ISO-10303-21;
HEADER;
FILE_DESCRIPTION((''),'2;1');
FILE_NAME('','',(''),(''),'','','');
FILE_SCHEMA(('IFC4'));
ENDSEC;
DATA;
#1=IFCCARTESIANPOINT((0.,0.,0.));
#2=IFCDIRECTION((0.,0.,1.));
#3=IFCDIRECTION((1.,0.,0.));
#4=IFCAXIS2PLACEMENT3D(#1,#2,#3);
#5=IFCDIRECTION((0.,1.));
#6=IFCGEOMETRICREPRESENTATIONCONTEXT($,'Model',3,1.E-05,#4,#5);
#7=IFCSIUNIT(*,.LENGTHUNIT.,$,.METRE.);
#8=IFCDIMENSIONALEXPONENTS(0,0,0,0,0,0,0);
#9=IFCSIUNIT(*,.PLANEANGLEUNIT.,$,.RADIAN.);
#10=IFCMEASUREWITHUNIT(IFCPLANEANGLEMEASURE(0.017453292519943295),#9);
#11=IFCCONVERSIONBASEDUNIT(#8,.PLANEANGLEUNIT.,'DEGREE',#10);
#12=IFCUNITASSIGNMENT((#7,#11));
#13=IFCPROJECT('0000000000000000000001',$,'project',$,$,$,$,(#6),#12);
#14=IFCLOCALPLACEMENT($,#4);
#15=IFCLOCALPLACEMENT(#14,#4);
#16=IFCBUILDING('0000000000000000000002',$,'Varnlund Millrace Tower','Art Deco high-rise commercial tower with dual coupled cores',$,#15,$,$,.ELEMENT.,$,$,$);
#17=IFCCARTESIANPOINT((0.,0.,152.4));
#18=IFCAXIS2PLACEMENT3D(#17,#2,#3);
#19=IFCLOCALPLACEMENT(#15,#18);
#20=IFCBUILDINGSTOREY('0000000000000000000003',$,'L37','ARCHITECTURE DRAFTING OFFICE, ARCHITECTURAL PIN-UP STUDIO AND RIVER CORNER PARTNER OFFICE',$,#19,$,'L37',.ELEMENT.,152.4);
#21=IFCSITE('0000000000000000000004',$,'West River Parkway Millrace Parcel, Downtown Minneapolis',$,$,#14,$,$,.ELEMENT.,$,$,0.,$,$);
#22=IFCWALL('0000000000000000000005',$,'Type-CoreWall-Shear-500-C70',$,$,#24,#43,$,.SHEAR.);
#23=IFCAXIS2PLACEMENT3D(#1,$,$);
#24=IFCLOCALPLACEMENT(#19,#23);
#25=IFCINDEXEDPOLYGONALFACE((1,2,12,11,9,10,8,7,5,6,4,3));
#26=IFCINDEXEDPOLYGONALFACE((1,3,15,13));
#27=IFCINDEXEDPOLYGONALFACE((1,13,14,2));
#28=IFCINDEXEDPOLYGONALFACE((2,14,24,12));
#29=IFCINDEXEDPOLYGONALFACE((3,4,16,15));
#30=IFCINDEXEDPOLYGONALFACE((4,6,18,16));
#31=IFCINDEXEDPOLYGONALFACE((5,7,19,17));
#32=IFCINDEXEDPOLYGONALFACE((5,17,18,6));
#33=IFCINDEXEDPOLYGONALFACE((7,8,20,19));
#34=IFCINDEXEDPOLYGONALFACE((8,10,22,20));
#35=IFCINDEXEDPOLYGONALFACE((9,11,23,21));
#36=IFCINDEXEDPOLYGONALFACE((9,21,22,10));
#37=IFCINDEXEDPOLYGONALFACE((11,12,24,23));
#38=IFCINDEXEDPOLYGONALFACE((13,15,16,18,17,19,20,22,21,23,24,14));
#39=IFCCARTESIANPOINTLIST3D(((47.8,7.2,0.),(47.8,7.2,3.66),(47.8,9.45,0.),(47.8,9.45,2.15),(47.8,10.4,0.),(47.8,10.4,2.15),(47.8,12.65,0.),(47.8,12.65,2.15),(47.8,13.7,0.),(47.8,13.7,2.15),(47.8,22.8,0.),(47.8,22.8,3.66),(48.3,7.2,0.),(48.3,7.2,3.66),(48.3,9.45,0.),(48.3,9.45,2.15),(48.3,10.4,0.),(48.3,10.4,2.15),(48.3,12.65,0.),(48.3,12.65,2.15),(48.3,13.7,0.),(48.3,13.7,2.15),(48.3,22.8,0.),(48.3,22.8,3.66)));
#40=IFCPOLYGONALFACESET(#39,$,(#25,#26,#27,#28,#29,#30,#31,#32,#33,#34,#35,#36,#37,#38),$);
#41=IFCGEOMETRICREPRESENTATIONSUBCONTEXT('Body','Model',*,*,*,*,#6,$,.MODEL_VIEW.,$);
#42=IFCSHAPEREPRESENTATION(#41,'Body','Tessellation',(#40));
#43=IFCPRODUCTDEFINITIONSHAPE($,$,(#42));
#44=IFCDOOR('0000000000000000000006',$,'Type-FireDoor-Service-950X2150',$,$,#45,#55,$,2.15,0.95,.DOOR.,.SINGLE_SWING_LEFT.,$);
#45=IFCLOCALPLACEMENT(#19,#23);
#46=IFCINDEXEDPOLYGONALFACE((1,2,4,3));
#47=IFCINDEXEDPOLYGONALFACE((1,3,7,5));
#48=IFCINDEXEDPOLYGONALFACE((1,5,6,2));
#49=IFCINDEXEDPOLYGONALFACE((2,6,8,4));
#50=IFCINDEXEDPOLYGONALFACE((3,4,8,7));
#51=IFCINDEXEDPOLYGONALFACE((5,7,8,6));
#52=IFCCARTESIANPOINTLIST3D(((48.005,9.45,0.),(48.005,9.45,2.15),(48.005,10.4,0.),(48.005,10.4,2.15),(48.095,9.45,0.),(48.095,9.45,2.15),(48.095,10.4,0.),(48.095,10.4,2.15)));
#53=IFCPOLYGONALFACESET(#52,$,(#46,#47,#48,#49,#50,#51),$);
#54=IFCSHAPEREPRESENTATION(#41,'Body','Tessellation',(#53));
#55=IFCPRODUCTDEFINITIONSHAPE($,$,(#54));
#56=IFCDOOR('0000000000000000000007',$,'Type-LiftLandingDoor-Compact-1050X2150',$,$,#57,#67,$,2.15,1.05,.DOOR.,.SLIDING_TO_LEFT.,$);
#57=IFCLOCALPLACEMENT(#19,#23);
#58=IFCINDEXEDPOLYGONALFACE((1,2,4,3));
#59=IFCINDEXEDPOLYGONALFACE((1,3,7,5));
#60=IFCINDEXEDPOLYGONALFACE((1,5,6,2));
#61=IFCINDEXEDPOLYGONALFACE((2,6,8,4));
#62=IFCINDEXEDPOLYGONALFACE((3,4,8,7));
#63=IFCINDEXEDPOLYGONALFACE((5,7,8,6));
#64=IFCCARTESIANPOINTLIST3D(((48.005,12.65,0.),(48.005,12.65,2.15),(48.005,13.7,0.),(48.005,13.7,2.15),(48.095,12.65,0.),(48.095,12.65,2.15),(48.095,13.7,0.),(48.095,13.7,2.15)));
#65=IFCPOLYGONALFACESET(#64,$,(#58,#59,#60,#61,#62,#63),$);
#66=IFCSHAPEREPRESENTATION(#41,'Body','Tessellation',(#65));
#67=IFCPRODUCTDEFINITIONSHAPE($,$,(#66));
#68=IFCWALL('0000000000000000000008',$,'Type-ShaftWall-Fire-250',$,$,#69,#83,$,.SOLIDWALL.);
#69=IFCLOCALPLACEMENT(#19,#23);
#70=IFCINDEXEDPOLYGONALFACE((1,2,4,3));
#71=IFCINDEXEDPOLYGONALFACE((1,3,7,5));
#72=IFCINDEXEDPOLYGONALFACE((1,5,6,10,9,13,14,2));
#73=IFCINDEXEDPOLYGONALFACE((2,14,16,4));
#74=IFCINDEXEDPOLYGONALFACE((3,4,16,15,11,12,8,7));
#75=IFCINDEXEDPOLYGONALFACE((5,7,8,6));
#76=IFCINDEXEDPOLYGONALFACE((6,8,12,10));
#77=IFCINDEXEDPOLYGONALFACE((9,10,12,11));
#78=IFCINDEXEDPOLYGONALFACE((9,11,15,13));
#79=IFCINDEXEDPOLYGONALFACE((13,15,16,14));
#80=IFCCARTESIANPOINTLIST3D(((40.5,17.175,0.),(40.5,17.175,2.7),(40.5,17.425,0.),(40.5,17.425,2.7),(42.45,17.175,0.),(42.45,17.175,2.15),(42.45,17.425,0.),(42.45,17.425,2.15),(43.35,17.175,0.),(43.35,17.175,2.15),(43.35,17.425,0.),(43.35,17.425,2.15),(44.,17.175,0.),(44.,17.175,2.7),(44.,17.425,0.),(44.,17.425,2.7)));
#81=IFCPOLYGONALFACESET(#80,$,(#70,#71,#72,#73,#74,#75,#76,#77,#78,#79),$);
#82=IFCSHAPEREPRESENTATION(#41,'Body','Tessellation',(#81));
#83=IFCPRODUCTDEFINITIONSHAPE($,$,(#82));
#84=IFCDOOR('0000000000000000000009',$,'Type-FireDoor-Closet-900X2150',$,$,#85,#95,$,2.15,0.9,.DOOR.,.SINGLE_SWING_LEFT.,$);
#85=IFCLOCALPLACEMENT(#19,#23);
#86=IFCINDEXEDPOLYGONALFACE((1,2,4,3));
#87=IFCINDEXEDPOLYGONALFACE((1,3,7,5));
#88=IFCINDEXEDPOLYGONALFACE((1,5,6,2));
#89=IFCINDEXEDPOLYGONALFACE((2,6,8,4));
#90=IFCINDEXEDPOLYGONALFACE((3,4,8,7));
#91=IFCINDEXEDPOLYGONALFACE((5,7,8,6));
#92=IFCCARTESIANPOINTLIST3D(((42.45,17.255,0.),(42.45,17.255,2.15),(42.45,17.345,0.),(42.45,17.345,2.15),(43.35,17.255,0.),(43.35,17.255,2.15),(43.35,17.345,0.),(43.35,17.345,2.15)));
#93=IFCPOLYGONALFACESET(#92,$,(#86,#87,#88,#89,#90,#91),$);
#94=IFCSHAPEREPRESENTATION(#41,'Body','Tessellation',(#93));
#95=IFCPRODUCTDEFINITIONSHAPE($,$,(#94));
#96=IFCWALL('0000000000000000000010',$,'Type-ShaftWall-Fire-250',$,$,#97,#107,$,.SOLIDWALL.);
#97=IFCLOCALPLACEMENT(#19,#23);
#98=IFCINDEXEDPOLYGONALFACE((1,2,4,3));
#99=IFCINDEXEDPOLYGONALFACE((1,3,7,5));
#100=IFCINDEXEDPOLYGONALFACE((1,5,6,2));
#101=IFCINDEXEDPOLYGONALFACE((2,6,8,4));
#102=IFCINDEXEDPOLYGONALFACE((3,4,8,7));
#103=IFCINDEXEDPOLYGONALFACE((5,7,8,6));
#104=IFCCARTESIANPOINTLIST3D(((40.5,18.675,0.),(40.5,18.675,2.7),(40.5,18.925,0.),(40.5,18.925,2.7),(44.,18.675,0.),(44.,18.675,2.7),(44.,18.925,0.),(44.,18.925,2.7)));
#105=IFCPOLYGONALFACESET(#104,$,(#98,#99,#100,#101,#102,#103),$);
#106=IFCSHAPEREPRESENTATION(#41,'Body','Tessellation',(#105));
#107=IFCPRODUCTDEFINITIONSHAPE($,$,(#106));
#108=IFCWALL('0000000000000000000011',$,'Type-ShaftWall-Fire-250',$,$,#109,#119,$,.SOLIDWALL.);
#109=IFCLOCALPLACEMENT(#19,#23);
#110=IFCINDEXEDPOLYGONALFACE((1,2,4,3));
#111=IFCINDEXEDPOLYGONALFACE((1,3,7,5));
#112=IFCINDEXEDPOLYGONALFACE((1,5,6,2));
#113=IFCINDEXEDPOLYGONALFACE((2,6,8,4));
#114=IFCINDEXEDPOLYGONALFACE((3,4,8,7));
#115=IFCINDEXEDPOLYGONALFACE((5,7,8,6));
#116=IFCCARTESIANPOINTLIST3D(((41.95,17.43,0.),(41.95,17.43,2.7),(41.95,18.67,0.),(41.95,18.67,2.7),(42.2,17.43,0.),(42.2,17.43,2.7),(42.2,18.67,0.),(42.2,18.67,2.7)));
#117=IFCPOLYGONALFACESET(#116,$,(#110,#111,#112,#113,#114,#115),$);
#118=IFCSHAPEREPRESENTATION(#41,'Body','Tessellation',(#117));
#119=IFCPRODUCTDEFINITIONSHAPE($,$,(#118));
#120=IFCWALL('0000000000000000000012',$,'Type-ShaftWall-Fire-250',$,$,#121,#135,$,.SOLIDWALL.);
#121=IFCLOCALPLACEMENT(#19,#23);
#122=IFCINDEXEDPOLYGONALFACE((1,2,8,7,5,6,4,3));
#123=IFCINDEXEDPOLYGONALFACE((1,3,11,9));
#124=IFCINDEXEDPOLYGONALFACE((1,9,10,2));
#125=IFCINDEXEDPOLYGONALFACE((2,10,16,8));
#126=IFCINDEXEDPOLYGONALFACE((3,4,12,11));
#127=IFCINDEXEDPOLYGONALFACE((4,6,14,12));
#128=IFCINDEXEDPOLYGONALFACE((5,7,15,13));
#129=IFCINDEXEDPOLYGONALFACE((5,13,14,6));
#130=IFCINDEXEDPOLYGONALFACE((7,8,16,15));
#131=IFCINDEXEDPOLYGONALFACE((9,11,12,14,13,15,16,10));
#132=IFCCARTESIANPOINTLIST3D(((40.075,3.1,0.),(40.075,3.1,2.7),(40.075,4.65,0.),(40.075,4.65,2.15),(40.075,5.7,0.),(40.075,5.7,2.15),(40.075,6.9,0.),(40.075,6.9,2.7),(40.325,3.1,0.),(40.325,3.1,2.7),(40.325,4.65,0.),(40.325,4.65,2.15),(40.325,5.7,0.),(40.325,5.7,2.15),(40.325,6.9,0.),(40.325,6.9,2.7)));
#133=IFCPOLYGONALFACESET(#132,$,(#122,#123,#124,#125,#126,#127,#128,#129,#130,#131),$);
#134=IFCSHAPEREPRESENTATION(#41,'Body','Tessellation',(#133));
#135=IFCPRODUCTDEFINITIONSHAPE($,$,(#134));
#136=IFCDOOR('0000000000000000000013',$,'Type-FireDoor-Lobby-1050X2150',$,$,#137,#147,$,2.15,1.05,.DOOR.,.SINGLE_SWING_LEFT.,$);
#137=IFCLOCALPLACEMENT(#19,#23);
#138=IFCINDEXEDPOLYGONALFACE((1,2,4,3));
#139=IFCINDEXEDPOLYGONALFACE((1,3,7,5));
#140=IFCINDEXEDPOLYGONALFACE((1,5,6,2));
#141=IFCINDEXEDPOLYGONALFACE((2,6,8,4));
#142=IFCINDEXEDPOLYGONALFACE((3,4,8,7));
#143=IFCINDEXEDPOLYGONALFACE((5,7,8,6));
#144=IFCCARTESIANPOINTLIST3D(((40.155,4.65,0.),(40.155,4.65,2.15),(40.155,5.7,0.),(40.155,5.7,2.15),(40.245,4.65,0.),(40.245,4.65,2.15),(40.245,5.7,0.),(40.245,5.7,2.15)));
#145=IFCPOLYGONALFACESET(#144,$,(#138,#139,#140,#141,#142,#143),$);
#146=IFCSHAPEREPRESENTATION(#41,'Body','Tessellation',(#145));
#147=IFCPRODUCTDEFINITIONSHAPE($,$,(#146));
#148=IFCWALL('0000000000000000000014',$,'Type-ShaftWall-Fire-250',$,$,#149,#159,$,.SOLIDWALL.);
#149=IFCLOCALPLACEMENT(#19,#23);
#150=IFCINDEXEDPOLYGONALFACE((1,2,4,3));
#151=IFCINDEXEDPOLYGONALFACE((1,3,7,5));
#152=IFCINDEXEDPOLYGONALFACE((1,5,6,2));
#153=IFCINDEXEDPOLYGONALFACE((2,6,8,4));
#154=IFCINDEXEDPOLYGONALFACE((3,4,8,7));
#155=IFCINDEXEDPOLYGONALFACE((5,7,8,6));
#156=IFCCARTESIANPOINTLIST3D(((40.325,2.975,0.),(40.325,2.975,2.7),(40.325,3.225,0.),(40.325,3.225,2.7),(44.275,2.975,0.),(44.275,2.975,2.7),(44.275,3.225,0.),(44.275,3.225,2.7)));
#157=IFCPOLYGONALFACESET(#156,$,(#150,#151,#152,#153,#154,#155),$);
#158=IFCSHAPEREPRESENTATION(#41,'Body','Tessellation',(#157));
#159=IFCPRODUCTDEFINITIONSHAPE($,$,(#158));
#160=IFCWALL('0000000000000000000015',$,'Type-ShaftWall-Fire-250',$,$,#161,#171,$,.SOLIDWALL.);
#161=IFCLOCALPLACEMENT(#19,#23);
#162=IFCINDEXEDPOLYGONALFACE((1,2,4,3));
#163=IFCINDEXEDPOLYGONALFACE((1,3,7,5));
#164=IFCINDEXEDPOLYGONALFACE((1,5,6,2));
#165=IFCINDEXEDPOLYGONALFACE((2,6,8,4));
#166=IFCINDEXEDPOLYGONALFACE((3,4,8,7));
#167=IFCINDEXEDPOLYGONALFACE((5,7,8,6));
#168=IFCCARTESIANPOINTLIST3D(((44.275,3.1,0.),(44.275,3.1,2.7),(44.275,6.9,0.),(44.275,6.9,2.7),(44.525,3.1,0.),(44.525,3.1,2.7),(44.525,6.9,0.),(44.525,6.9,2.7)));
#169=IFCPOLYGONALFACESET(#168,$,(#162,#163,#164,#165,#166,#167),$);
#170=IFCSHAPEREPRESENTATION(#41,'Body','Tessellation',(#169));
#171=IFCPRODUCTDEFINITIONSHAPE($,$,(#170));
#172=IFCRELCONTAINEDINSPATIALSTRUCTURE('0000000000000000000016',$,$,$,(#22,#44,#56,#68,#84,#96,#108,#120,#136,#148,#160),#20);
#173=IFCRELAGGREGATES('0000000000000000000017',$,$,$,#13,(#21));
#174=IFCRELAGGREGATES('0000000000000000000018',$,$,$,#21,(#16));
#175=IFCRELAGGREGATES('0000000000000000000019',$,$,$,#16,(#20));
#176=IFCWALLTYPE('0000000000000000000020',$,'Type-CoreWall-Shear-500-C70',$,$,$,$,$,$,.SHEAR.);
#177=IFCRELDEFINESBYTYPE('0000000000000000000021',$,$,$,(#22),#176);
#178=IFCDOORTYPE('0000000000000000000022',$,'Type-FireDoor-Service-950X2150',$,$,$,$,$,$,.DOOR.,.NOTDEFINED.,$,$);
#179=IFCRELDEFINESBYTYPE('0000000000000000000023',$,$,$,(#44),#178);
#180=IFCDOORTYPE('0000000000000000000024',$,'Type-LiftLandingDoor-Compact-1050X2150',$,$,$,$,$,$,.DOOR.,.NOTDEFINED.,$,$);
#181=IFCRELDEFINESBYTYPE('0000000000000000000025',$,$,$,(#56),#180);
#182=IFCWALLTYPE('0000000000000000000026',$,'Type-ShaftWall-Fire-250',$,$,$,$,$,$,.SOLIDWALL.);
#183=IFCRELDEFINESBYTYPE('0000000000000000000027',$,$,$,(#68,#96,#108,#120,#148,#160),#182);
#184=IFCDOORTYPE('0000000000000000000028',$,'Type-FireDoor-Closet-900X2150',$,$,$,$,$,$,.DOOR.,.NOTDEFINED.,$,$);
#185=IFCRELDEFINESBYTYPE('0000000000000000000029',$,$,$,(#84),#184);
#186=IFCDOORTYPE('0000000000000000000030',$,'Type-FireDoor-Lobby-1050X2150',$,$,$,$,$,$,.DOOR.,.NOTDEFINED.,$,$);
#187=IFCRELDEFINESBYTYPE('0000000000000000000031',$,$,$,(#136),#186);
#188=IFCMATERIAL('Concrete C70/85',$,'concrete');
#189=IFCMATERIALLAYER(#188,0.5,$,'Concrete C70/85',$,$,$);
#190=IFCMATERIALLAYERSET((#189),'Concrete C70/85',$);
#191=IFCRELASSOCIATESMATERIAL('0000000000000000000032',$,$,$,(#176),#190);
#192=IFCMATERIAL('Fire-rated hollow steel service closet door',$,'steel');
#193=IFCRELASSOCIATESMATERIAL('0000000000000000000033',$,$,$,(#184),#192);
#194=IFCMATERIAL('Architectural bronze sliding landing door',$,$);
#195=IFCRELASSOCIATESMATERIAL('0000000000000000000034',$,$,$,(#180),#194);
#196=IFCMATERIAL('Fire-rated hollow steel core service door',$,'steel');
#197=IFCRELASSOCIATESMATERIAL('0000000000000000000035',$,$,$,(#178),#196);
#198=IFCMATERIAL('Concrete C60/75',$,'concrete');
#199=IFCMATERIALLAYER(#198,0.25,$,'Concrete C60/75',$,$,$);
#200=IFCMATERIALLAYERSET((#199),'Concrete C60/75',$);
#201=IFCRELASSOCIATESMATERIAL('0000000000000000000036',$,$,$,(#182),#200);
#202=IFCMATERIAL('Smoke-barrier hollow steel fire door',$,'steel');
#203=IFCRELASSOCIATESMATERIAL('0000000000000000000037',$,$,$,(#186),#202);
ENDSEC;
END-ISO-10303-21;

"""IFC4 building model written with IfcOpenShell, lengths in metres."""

from ifc_helpers import new_model, entity, si_unit, converted_unit, direction, frame, origin_with_axes, origin_2d_with_axis, place, context, subcontext, project, spatial, polyline, rectangle, outline, extrude, material, layer, layer_set, type_object, element, fill, save


model = new_model("IFC4")

# Units and contexts
model_context = context("Model", 3, precision=1e-05, world=origin_with_axes(), true_north=direction((0.0, 1.0)))
body_context = subcontext(model_context, "Body", "Model", "MODEL_VIEW")
ifc_project = project(units=[si_unit("LENGTHUNIT", "METRE"), converted_unit("PLANEANGLEUNIT", "DEGREE", entity("IfcPlaneAngleMeasure", 0.017453292519943295), si_unit("PLANEANGLEUNIT", "RADIAN"), dimensions=[0, 0, 0, 0, 0, 0, 0])], contexts=[model_context])

# Site, building, storey
site_placement = place(None, origin_with_axes())
site = spatial("IfcSite", under=ifc_project, at=site_placement, Name="West River Parkway Millrace Parcel, Downtown Minneapolis", CompositionType="ELEMENT", RefElevation=0.0)
building_placement = place(site_placement, origin_with_axes())
building = spatial("IfcBuilding", under=site, at=building_placement, Name="Varnlund Millrace Tower", Description="Art Deco high-rise commercial tower with dual coupled cores", CompositionType="ELEMENT")
storey_placement = place(building_placement, frame((0.0, 0.0, 152.4), z_axis=(0.0, 0.0, 1.0), x_axis=(1.0, 0.0, 0.0)))
storey = spatial("IfcBuildingStorey", under=building, at=storey_placement, Name="L37", Description="ARCHITECTURE DRAFTING OFFICE, ARCHITECTURAL PIN-UP STUDIO AND RIVER CORNER PARTNER OFFICE", LongName="L37", CompositionType="ELEMENT", Elevation=152.4)

# Shared definitions
ifc_material_1 = material(Name="Concrete C70/85", Category="concrete")

# Shared definitions
ifc_layer_1 = layer(ifc_material_1, 0.5, Name="Concrete C70/85")
ifc_layer_set_1 = layer_set([ifc_layer_1], Name="Concrete C70/85")
wall_type_1 = type_object("IfcWallType", Name="Type-CoreWall-Shear-500-C70", PredefinedType="SHEAR", material=ifc_layer_set_1)
ifc_material_2 = material(Name="Fire-rated hollow steel service closet door", Category="steel")
door_type_1 = type_object("IfcDoorType", Name="Type-FireDoor-Closet-900X2150", OperationType="NOTDEFINED", PredefinedType="DOOR", material=ifc_material_2)
ifc_material_3 = material(Name="Architectural bronze sliding landing door")
door_type_2 = type_object("IfcDoorType", Name="Type-LiftLandingDoor-Compact-1050X2150", OperationType="NOTDEFINED", PredefinedType="DOOR", material=ifc_material_3)

# Wall, openings, doors
wall_1_placement = place(storey_placement, frame((48.05, 7.2, 0.0), z_axis=(0.0, 0.0, 1.0), x_axis=(0.0, 1.0, 0.0)))
wall_1 = element("IfcWall", 1, at=wall_1_placement, inside=storey, type_object=wall_type_1, Name="Type-CoreWall-Shear-500-C70", PredefinedType="SHEAR", context=body_context, shape_type="SweptSolid", body=[
    extrude(outline(polyline([(0.0, -0.25), (15.6, -0.25), (15.6, 0.25), (0.0, 0.25), (0.0, -0.25)])), origin_with_axes(), (0.0, 0.0, 1.0), 3.66),
])
opening_1_placement = place(wall_1_placement, frame((5.975, 0.0, 0.0), z_axis=(0.0, 0.0, 1.0), x_axis=(1.0, 0.0, 0.0)))
opening_1 = element("IfcOpeningElement", 2, at=opening_1_placement, cuts=wall_1, PredefinedType="OPENING", context=body_context, shape_type="SweptSolid", body=[
    extrude(rectangle(XDim=1.05, YDim=0.52, at=origin_2d_with_axis()), origin_with_axes(), (0.0, 0.0, 1.0), 2.15),
])
opening_2_placement = place(wall_1_placement, frame((2.725, 0.0, 0.0), z_axis=(0.0, 0.0, 1.0), x_axis=(1.0, 0.0, 0.0)))
opening_2 = element("IfcOpeningElement", 3, at=opening_2_placement, cuts=wall_1, PredefinedType="OPENING", context=body_context, shape_type="SweptSolid", body=[
    extrude(rectangle(XDim=0.95, YDim=0.52, at=origin_2d_with_axis()), origin_with_axes(), (0.0, 0.0, 1.0), 2.15),
])
ifc_material_4 = material(Name="Fire-rated hollow steel core service door", Category="steel")
door_type_3 = type_object("IfcDoorType", Name="Type-FireDoor-Service-950X2150", OperationType="NOTDEFINED", PredefinedType="DOOR", material=ifc_material_4)
door_1_placement = place(wall_1_placement, frame((2.725, 0.0, 0.0), z_axis=(0.0, 0.0, 1.0), x_axis=(1.0, 0.0, 0.0)))
door_1 = element("IfcDoor", 4, at=door_1_placement, inside=storey, type_object=door_type_3, Name="Type-FireDoor-Service-950X2150", OperationType="SINGLE_SWING_LEFT", OverallHeight=2.15, OverallWidth=0.95, PredefinedType="DOOR", context=body_context, shape_type="SweptSolid", body=[
    extrude(rectangle(XDim=0.95, YDim=0.09, at=origin_2d_with_axis()), origin_with_axes(), (0.0, 0.0, 1.0), 2.15),
])
fill(opening_2, door_1)
door_2_placement = place(wall_1_placement, frame((5.975, 0.0, 0.0), z_axis=(0.0, 0.0, 1.0), x_axis=(1.0, 0.0, 0.0)))
door_2 = element("IfcDoor", 5, at=door_2_placement, inside=storey, type_object=door_type_2, Name="Type-LiftLandingDoor-Compact-1050X2150", OperationType="SLIDING_TO_LEFT", OverallHeight=2.15, OverallWidth=1.05, PredefinedType="DOOR", context=body_context, shape_type="SweptSolid", body=[
    extrude(rectangle(XDim=1.05, YDim=0.09, at=origin_2d_with_axis()), origin_with_axes(), (0.0, 0.0, 1.0), 2.15),
])
fill(opening_1, door_2)

# Wall, opening, door
ifc_material_5 = material(Name="Concrete C60/75", Category="concrete")
ifc_layer_2 = layer(ifc_material_5, 0.25, Name="Concrete C60/75")
ifc_layer_set_2 = layer_set([ifc_layer_2], Name="Concrete C60/75")
wall_type_2 = type_object("IfcWallType", Name="Type-ShaftWall-Fire-250", PredefinedType="SOLIDWALL", material=ifc_layer_set_2)
wall_2_placement = place(storey_placement, frame((40.5, 17.3, 0.0), z_axis=(0.0, 0.0, 1.0), x_axis=(1.0, 0.0, 0.0)))
wall_2 = element("IfcWall", 6, at=wall_2_placement, inside=storey, type_object=wall_type_2, Name="Type-ShaftWall-Fire-250", PredefinedType="SOLIDWALL", context=body_context, shape_type="SweptSolid", body=[
    extrude(outline(polyline([(0.0, -0.125), (3.5, -0.125), (3.5, 0.125), (0.0, 0.125), (0.0, -0.125)])), origin_with_axes(), (0.0, 0.0, 1.0), 2.7),
])
opening_3_placement = place(wall_2_placement, frame((2.4, 0.0, 0.0), z_axis=(0.0, 0.0, 1.0), x_axis=(1.0, 0.0, 0.0)))
opening_3 = element("IfcOpeningElement", 7, at=opening_3_placement, cuts=wall_2, PredefinedType="OPENING", context=body_context, shape_type="SweptSolid", body=[
    extrude(rectangle(XDim=0.9, YDim=0.27, at=origin_2d_with_axis()), origin_with_axes(), (0.0, 0.0, 1.0), 2.15),
])
door_3_placement = place(wall_2_placement, frame((2.4, 0.0, 0.0), z_axis=(0.0, 0.0, 1.0), x_axis=(1.0, 0.0, 0.0)))
door_3 = element("IfcDoor", 8, at=door_3_placement, inside=storey, type_object=door_type_1, Name="Type-FireDoor-Closet-900X2150", OperationType="SINGLE_SWING_LEFT", OverallHeight=2.15, OverallWidth=0.9, PredefinedType="DOOR", context=body_context, shape_type="SweptSolid", body=[
    extrude(rectangle(XDim=0.9, YDim=0.09, at=origin_2d_with_axis()), origin_with_axes(), (0.0, 0.0, 1.0), 2.15),
])
fill(opening_3, door_3)

# Walls
wall_3_placement = place(storey_placement, frame((40.5, 18.8, 0.0), z_axis=(0.0, 0.0, 1.0), x_axis=(1.0, 0.0, 0.0)))
element("IfcWall", 9, at=wall_3_placement, inside=storey, type_object=wall_type_2, Name="Type-ShaftWall-Fire-250", PredefinedType="SOLIDWALL", context=body_context, shape_type="SweptSolid", body=[
    extrude(outline(polyline([(0.0, -0.125), (3.5, -0.125), (3.5, 0.125), (0.0, 0.125), (0.0, -0.125)])), origin_with_axes(), (0.0, 0.0, 1.0), 2.7),
])
wall_4_placement = place(storey_placement, frame((42.075, 17.43, 0.0), z_axis=(0.0, 0.0, 1.0), x_axis=(0.0, 1.0, 0.0)))
element("IfcWall", 10, at=wall_4_placement, inside=storey, type_object=wall_type_2, Name="Type-ShaftWall-Fire-250", PredefinedType="SOLIDWALL", context=body_context, shape_type="SweptSolid", body=[
    extrude(outline(polyline([(0.0, -0.125), (1.24, -0.125), (1.24, 0.125), (0.0, 0.125), (0.0, -0.125)])), origin_with_axes(), (0.0, 0.0, 1.0), 2.7),
])

# Wall, opening, door
wall_5_placement = place(storey_placement, frame((40.2, 3.1, 0.0), z_axis=(0.0, 0.0, 1.0), x_axis=(0.0, 1.0, 0.0)))
wall_5 = element("IfcWall", 11, at=wall_5_placement, inside=storey, type_object=wall_type_2, Name="Type-ShaftWall-Fire-250", PredefinedType="SOLIDWALL", context=body_context, shape_type="SweptSolid", body=[
    extrude(outline(polyline([(0.0, -0.125), (3.8, -0.125), (3.8, 0.125), (0.0, 0.125), (0.0, -0.125)])), origin_with_axes(), (0.0, 0.0, 1.0), 2.7),
])
opening_4_placement = place(wall_5_placement, frame((2.075, 0.0, 0.0), z_axis=(0.0, 0.0, 1.0), x_axis=(1.0, 0.0, 0.0)))
opening_4 = element("IfcOpeningElement", 12, at=opening_4_placement, cuts=wall_5, PredefinedType="OPENING", context=body_context, shape_type="SweptSolid", body=[
    extrude(rectangle(XDim=1.05, YDim=0.27, at=origin_2d_with_axis()), origin_with_axes(), (0.0, 0.0, 1.0), 2.15),
])
ifc_material_6 = material(Name="Smoke-barrier hollow steel fire door", Category="steel")
door_type_4 = type_object("IfcDoorType", Name="Type-FireDoor-Lobby-1050X2150", OperationType="NOTDEFINED", PredefinedType="DOOR", material=ifc_material_6)
door_4_placement = place(wall_5_placement, frame((2.075, 0.0, 0.0), z_axis=(0.0, 0.0, 1.0), x_axis=(1.0, 0.0, 0.0)))
door_4 = element("IfcDoor", 13, at=door_4_placement, inside=storey, type_object=door_type_4, Name="Type-FireDoor-Lobby-1050X2150", OperationType="SINGLE_SWING_LEFT", OverallHeight=2.15, OverallWidth=1.05, PredefinedType="DOOR", context=body_context, shape_type="SweptSolid", body=[
    extrude(rectangle(XDim=1.05, YDim=0.09, at=origin_2d_with_axis()), origin_with_axes(), (0.0, 0.0, 1.0), 2.15),
])
fill(opening_4, door_4)

# Walls
wall_6_placement = place(storey_placement, frame((40.325, 3.1, 0.0), z_axis=(0.0, 0.0, 1.0), x_axis=(1.0, 0.0, 0.0)))
element("IfcWall", 14, at=wall_6_placement, inside=storey, type_object=wall_type_2, Name="Type-ShaftWall-Fire-250", PredefinedType="SOLIDWALL", context=body_context, shape_type="SweptSolid", body=[
    extrude(outline(polyline([(0.0, -0.125), (3.95, -0.125), (3.95, 0.125), (0.0, 0.125), (0.0, -0.125)])), origin_with_axes(), (0.0, 0.0, 1.0), 2.7),
])
wall_7_placement = place(storey_placement, frame((44.4, 3.1, 0.0), z_axis=(0.0, 0.0, 1.0), x_axis=(0.0, 1.0, 0.0)))
element("IfcWall", 15, at=wall_7_placement, inside=storey, type_object=wall_type_2, Name="Type-ShaftWall-Fire-250", PredefinedType="SOLIDWALL", context=body_context, shape_type="SweptSolid", body=[
    extrude(outline(polyline([(0.0, -0.125), (3.8, -0.125), (3.8, 0.125), (0.0, 0.125), (0.0, -0.125)])), origin_with_axes(), (0.0, 0.0, 1.0), 2.7),
])

save(model, "model.ifc")
